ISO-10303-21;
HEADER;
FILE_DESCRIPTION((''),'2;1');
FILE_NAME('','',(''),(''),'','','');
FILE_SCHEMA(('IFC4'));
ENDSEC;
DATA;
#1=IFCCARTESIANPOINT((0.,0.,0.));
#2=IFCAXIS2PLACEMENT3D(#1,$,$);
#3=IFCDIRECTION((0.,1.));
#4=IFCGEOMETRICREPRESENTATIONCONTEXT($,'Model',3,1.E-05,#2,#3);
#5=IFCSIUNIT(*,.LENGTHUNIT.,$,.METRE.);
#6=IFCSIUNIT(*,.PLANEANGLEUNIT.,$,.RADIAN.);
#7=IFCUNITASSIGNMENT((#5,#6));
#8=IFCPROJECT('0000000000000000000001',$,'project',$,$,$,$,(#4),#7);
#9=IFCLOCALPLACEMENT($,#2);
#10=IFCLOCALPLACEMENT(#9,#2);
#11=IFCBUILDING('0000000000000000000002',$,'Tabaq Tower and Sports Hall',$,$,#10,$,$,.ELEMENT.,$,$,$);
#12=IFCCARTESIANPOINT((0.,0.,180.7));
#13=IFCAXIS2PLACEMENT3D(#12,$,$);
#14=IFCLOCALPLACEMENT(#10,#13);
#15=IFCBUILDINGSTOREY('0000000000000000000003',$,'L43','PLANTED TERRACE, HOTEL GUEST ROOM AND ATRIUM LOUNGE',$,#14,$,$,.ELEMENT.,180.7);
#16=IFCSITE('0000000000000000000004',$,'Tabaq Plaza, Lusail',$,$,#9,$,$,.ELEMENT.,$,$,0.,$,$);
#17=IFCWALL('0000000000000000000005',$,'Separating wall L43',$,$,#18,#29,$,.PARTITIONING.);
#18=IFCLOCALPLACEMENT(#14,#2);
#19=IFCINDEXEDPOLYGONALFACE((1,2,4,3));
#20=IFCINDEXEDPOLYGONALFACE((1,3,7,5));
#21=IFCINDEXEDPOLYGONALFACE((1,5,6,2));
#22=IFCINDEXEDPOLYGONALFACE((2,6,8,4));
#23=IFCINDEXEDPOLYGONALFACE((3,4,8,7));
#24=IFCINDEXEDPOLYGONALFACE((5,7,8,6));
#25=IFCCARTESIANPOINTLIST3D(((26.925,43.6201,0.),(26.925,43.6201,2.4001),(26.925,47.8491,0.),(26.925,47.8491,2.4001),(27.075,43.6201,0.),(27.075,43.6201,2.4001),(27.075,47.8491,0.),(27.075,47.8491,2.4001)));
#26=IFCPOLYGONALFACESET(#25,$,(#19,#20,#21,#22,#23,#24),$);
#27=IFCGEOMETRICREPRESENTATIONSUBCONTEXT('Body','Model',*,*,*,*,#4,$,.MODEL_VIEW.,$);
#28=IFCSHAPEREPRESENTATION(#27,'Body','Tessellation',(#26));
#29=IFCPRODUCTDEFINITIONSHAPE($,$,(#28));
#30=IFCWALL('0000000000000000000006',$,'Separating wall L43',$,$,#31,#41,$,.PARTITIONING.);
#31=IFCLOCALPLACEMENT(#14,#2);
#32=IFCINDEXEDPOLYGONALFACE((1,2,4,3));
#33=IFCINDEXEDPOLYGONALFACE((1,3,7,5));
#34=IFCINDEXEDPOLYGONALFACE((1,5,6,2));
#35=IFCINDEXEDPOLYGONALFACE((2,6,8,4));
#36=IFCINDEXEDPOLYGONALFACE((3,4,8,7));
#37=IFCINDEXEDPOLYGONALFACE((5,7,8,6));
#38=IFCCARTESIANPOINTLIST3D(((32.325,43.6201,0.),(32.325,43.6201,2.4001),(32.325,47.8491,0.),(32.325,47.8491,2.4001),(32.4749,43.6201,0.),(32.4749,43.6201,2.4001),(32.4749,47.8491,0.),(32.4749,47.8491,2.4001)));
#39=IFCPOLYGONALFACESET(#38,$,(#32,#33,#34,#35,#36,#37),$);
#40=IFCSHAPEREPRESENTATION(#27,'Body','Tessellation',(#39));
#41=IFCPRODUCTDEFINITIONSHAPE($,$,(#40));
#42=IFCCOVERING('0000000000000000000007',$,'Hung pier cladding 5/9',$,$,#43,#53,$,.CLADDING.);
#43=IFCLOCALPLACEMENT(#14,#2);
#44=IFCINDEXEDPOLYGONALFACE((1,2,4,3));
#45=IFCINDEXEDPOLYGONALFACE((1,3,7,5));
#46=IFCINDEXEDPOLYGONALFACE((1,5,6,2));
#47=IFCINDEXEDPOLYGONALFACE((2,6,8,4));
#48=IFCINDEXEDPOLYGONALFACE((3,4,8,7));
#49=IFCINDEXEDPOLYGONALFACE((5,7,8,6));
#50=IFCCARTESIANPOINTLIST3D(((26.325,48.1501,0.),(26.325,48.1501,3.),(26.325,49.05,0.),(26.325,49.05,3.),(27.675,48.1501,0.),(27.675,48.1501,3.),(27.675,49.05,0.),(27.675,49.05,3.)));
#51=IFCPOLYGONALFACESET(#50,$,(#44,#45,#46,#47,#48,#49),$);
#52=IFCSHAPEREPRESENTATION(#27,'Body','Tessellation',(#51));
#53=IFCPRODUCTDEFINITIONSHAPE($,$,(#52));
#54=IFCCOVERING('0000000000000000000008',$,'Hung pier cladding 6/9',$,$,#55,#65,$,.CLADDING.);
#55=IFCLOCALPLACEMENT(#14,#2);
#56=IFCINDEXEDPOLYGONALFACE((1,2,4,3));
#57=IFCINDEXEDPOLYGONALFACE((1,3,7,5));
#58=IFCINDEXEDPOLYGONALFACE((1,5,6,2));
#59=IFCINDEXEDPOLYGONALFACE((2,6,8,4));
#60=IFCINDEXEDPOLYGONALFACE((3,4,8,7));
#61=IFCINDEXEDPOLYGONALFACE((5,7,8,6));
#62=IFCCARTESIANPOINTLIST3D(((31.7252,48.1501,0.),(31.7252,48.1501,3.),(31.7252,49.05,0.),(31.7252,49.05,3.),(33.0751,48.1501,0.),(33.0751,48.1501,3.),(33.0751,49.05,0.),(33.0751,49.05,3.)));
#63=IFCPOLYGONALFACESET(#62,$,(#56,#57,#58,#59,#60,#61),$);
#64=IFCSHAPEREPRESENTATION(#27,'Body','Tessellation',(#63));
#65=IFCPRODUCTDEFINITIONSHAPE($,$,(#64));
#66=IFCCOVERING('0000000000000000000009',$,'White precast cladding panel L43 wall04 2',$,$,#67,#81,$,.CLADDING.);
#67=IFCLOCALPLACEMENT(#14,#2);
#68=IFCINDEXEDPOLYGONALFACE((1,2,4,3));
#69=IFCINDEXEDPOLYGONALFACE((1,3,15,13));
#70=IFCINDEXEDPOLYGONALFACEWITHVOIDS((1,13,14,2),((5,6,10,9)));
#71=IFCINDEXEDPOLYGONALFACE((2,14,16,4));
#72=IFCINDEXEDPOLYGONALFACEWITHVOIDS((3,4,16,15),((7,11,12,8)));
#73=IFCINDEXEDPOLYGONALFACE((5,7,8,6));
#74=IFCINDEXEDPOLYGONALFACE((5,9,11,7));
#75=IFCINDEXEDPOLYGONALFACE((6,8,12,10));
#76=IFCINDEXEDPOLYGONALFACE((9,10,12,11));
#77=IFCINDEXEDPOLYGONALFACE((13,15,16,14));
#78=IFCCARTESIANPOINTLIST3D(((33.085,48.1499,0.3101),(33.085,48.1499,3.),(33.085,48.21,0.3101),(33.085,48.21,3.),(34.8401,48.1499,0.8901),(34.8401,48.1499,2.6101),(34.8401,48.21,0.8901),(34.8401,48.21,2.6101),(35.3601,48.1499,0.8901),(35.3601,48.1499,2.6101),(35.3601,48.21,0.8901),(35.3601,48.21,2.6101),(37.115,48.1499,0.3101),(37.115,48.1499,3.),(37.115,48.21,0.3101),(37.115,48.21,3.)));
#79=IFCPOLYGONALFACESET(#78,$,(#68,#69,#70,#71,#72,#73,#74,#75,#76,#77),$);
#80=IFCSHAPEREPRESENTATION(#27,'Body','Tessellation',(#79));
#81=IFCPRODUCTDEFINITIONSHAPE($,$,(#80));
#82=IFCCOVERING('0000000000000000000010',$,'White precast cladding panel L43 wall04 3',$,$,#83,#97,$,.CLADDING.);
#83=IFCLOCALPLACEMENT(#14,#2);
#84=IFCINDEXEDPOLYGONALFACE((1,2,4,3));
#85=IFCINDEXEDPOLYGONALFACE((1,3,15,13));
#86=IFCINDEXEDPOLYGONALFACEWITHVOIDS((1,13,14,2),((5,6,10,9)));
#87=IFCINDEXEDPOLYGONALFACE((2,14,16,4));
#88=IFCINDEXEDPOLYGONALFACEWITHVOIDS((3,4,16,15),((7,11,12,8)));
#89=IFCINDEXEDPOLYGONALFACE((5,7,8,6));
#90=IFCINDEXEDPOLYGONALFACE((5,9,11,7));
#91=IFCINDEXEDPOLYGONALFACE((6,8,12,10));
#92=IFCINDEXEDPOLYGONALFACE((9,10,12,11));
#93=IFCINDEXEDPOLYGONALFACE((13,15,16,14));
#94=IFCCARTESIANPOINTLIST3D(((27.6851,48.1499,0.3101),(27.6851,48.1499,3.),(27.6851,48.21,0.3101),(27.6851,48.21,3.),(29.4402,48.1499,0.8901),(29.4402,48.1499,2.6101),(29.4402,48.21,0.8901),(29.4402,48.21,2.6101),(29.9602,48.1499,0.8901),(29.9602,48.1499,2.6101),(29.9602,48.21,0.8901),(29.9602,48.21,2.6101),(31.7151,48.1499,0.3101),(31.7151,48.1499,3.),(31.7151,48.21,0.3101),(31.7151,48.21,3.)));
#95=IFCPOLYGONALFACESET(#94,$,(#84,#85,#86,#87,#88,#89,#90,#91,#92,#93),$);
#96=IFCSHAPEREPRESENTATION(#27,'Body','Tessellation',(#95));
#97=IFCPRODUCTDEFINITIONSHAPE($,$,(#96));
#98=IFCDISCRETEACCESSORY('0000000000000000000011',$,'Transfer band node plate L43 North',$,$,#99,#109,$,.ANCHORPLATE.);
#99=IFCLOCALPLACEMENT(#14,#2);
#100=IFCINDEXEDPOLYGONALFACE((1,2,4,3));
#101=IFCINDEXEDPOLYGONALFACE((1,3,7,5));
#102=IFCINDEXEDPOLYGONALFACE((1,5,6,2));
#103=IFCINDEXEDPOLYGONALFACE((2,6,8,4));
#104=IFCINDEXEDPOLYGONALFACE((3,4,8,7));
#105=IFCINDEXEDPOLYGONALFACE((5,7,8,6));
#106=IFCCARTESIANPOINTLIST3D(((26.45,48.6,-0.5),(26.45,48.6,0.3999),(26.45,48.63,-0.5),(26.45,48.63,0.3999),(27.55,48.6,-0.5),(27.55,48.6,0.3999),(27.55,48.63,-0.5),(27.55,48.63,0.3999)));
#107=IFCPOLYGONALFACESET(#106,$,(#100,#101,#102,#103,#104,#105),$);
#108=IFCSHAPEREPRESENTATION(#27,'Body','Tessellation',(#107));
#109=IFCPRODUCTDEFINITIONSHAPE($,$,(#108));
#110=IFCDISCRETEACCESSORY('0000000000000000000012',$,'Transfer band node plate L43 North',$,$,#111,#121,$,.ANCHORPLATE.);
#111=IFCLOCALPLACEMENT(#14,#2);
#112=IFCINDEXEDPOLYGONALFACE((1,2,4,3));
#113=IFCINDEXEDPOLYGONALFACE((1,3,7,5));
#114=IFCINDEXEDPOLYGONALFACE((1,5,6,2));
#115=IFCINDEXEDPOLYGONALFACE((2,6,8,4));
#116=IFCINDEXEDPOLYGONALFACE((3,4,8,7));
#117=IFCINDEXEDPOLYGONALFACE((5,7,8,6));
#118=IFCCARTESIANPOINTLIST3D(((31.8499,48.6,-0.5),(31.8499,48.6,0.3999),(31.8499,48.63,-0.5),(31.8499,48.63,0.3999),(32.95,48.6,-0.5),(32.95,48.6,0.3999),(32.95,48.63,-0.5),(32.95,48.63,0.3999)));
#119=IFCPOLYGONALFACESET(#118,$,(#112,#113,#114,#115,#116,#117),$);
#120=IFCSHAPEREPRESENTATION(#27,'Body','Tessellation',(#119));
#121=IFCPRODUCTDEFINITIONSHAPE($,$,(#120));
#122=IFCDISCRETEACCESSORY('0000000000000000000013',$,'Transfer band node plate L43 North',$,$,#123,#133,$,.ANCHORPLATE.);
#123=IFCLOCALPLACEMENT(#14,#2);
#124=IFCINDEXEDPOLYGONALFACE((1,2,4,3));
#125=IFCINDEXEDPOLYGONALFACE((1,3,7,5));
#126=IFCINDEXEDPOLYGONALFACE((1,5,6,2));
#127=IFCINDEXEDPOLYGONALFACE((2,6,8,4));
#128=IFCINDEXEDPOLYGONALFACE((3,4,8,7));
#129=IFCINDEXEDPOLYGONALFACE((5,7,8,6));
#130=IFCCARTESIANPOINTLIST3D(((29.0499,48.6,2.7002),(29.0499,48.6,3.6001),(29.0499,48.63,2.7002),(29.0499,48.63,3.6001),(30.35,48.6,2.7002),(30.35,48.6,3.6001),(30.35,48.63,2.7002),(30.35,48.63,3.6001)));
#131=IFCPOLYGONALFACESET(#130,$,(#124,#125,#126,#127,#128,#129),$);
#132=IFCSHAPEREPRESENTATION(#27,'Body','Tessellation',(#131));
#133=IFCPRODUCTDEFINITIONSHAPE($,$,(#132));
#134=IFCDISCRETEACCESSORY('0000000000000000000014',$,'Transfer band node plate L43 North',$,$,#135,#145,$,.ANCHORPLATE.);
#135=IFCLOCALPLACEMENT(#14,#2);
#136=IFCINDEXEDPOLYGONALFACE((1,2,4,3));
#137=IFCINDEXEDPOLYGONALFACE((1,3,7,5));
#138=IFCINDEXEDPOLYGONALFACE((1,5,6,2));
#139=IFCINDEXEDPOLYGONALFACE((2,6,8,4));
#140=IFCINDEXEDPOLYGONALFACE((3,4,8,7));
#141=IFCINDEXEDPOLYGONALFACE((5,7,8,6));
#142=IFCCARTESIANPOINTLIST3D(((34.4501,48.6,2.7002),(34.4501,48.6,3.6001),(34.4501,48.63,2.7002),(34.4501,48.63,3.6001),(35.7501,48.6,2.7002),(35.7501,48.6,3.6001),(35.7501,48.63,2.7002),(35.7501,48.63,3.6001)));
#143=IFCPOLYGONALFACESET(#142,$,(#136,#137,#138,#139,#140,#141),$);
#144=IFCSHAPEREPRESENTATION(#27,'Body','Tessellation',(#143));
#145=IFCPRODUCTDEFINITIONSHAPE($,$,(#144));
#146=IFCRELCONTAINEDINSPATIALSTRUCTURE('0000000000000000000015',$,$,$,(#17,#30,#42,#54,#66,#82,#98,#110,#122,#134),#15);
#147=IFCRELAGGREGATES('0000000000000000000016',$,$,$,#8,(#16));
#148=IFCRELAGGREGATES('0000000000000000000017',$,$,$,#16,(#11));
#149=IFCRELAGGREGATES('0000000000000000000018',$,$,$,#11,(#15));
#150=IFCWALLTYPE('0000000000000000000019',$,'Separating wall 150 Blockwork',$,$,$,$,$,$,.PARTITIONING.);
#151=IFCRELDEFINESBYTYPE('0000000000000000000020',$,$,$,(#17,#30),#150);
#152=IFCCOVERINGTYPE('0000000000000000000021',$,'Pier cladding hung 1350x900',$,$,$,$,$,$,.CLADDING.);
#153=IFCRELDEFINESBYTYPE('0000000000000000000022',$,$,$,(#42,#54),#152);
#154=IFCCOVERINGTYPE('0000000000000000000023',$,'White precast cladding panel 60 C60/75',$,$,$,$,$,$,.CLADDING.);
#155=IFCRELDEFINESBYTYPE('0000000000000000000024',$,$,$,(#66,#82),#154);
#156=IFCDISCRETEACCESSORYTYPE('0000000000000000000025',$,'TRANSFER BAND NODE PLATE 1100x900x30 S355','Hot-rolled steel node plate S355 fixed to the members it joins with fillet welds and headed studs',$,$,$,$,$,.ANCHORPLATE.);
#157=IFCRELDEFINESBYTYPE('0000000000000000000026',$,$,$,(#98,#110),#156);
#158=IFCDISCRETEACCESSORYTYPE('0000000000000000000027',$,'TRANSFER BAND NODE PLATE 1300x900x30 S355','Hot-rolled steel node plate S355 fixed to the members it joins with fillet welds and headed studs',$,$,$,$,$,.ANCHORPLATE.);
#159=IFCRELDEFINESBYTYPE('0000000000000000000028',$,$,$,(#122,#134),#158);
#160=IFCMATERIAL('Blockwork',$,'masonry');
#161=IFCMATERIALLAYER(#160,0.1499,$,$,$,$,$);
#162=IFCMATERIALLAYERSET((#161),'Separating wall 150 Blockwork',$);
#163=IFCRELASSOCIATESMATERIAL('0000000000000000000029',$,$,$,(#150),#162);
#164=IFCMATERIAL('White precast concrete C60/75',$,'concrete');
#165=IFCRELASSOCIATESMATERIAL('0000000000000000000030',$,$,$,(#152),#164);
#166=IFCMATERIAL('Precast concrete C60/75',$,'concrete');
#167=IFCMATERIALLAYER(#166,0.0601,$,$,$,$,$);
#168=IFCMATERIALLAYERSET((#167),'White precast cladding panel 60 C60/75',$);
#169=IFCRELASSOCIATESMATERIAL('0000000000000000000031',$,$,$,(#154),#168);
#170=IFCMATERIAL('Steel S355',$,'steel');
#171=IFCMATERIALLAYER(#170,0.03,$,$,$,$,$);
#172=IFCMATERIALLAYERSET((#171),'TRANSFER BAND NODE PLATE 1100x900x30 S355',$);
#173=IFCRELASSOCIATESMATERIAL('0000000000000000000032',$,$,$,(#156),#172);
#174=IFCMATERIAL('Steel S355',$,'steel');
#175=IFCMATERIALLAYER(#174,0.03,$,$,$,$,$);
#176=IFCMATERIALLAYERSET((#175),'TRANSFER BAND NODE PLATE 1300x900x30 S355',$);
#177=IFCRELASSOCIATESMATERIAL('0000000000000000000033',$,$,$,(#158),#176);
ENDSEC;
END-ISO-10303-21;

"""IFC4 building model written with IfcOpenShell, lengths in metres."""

from ifc_helpers import new_model, si_unit, direction, frame, frame_2d, origin, origin_2d, place, context, subcontext, project, spatial, polyline, rectangle, outline, extrude, material, layer, layer_set, type_object, element, save


model = new_model("IFC4")

# Units and contexts
model_context = context("Model", 3, precision=1e-05, world=origin(), true_north=direction((0.0, 1.0)))
body_context = subcontext(model_context, "Body", "Model", "MODEL_VIEW")
ifc_project = project(units=[si_unit("LENGTHUNIT", "METRE"), si_unit("PLANEANGLEUNIT", "RADIAN")], contexts=[model_context])

# Site, building, storey
site_placement = place(None, origin())
site = spatial("IfcSite", under=ifc_project, at=site_placement, Name="Tabaq Plaza, Lusail", CompositionType="ELEMENT", RefElevation=0.0)
building_placement = place(site_placement, origin())
building = spatial("IfcBuilding", under=site, at=building_placement, Name="Tabaq Tower and Sports Hall", CompositionType="ELEMENT")
storey_placement = place(building_placement, frame((0.0, 0.0, 180.7)))
storey = spatial("IfcBuildingStorey", under=building, at=storey_placement, Name="L43", Description="PLANTED TERRACE, HOTEL GUEST ROOM AND ATRIUM LOUNGE", CompositionType="ELEMENT", Elevation=180.7)

# Walls
ifc_material_1 = material(Name="Blockwork", Category="masonry")
ifc_layer_1 = layer(ifc_material_1, 0.1499)
ifc_layer_set_1 = layer_set([ifc_layer_1], Name="Separating wall 150 Blockwork")
wall_type_1 = type_object("IfcWallType", Name="Separating wall 150 Blockwork", PredefinedType="PARTITIONING", material=ifc_layer_set_1)
for number, where, z_axis, x_axis, name in (
    (1, (27.0, 43.6201, 0.0), (0.0, 0.0, 1.0), (0.0, 1.0, 0.0), "Separating wall L43"),
    (2, (32.3999, 43.6201, 0.0), (0.0, 0.0, 1.0), (0.0, 1.0, 0.0), "Separating wall L43"),
):
    element("IfcWall", number, at=place(storey_placement, frame(where, z_axis=z_axis, x_axis=x_axis)), inside=storey, type_object=wall_type_1, Name=name, PredefinedType="PARTITIONING", context=body_context, shape_type="SweptSolid", body=[
        extrude(rectangle(XDim=4.229, YDim=0.1499, at=frame_2d((2.1145, 0.0))), origin(), (0.0, 0.0, 1.0), 2.4001),
    ])

# Coverings
ifc_material_2 = material(Name="White precast concrete C60/75", Category="concrete")
covering_type_1 = type_object("IfcCoveringType", Name="Pier cladding hung 1350x900", PredefinedType="CLADDING", material=ifc_material_2)
covering_1_placement = place(storey_placement, frame((27.675, 48.6001, 0.0), z_axis=(0.0, 0.0, 1.0), x_axis=(-1.0, 0.0, 0.0)))
element("IfcCovering", 3, at=covering_1_placement, inside=storey, type_object=covering_type_1, Name="Hung pier cladding 5/9", PredefinedType="CLADDING", context=body_context, shape_type="SweptSolid", body=[
    extrude(rectangle(XDim=1.3501, YDim=0.8999, at=frame_2d((0.675, 0.0))), origin(), (0.0, 0.0, 1.0), 3.0),
])
covering_2_placement = place(storey_placement, frame((33.075, 48.6001, 0.0), z_axis=(0.0, 0.0, 1.0), x_axis=(-1.0, 0.0, 0.0)))
element("IfcCovering", 4, at=covering_2_placement, inside=storey, type_object=covering_type_1, Name="Hung pier cladding 6/9", PredefinedType="CLADDING", context=body_context, shape_type="SweptSolid", body=[
    extrude(rectangle(XDim=1.3499, YDim=0.8999, at=frame_2d((0.6748, 0.0))), origin(), (0.0, 0.0, 1.0), 3.0),
])
ifc_material_3 = material(Name="Precast concrete C60/75", Category="concrete")
ifc_layer_2 = layer(ifc_material_3, 0.0601)
ifc_layer_set_2 = layer_set([ifc_layer_2], Name="White precast cladding panel 60 C60/75")
covering_type_2 = type_object("IfcCoveringType", Name="White precast cladding panel 60 C60/75", PredefinedType="CLADDING", material=ifc_layer_set_2)
for number, where, z_axis, x_axis, name in (
    (5, (37.115, 48.1799, 0.3101), (0.0, 0.0, 1.0), (-1.0, 0.0, 0.0), "White precast cladding panel L43 wall04 2"),
    (6, (31.7151, 48.1799, 0.3101), (0.0, 0.0, 1.0), (-1.0, 0.0, 0.0), "White precast cladding panel L43 wall04 3"),
):
    element("IfcCovering", number, at=place(storey_placement, frame(where, z_axis=z_axis, x_axis=x_axis)), inside=storey, type_object=covering_type_2, Name=name, PredefinedType="CLADDING", context=body_context, shape_type="SweptSolid", body=[
        extrude(outline(polyline([(0.0, 0.0), (4.03, 0.0), (4.03, 2.6899), (0.0, 2.6899), (0.0, 0.0)]), holes=[polyline([(1.7549, 0.5801), (1.7549, 2.3), (2.2749, 2.3), (2.2749, 0.5801), (1.7549, 0.5801)])]), frame((0.0, 0.03, 0.0), z_axis=(0.0, -1.0, 0.0), x_axis=(1.0, 0.0, 0.0)), (0.0, 0.0, 1.0), 0.0601),
    ])

# Discrete accessories
ifc_material_4 = material(Name="Steel S355", Category="steel")
ifc_layer_3 = layer(ifc_material_4, 0.03)
ifc_layer_set_3 = layer_set([ifc_layer_3], Name="TRANSFER BAND NODE PLATE 1100x900x30 S355")
discrete_accessory_type_1 = type_object("IfcDiscreteAccessoryType", Name="TRANSFER BAND NODE PLATE 1100x900x30 S355", Description="Hot-rolled steel node plate S355 fixed to the members it joins with fillet welds and headed studs", PredefinedType="ANCHORPLATE", material=ifc_layer_set_3)
for number, where, z_axis, x_axis, name in (
    (7, (27.0, 48.615, -0.5), (0.0, 0.0, 1.0), (-1.0, 0.0, 0.0), "Transfer band node plate L43 North"),
    (8, (32.3999, 48.615, -0.5), (0.0, 0.0, 1.0), (-1.0, 0.0, 0.0), "Transfer band node plate L43 North"),
):
    element("IfcDiscreteAccessory", number, at=place(storey_placement, frame(where, z_axis=z_axis, x_axis=x_axis)), inside=storey, type_object=discrete_accessory_type_1, Name=name, PredefinedType="ANCHORPLATE", context=body_context, shape_type="SweptSolid", body=[
        extrude(rectangle(XDim=1.1001, YDim=0.03, at=origin_2d()), origin(), (0.0, 0.0, 1.0), 0.8999),
    ])
ifc_material_5 = material(Name="Steel S355", Category="steel")
ifc_layer_4 = layer(ifc_material_5, 0.03)
ifc_layer_set_4 = layer_set([ifc_layer_4], Name="TRANSFER BAND NODE PLATE 1300x900x30 S355")
discrete_accessory_type_2 = type_object("IfcDiscreteAccessoryType", Name="TRANSFER BAND NODE PLATE 1300x900x30 S355", Description="Hot-rolled steel node plate S355 fixed to the members it joins with fillet welds and headed studs", PredefinedType="ANCHORPLATE", material=ifc_layer_set_4)
for number, where, z_axis, x_axis, name in (
    (9, (29.7, 48.615, 2.7002), (0.0, 0.0, 1.0), (-1.0, 0.0, 0.0), "Transfer band node plate L43 North"),
    (10, (35.1001, 48.615, 2.7002), (0.0, 0.0, 1.0), (-1.0, 0.0, 0.0), "Transfer band node plate L43 North"),
):
    element("IfcDiscreteAccessory", number, at=place(storey_placement, frame(where, z_axis=z_axis, x_axis=x_axis)), inside=storey, type_object=discrete_accessory_type_2, Name=name, PredefinedType="ANCHORPLATE", context=body_context, shape_type="SweptSolid", body=[
        extrude(rectangle(XDim=1.3, YDim=0.03, at=origin_2d()), origin(), (0.0, 0.0, 1.0), 0.8999),
    ])

save(model, "model.ifc")
